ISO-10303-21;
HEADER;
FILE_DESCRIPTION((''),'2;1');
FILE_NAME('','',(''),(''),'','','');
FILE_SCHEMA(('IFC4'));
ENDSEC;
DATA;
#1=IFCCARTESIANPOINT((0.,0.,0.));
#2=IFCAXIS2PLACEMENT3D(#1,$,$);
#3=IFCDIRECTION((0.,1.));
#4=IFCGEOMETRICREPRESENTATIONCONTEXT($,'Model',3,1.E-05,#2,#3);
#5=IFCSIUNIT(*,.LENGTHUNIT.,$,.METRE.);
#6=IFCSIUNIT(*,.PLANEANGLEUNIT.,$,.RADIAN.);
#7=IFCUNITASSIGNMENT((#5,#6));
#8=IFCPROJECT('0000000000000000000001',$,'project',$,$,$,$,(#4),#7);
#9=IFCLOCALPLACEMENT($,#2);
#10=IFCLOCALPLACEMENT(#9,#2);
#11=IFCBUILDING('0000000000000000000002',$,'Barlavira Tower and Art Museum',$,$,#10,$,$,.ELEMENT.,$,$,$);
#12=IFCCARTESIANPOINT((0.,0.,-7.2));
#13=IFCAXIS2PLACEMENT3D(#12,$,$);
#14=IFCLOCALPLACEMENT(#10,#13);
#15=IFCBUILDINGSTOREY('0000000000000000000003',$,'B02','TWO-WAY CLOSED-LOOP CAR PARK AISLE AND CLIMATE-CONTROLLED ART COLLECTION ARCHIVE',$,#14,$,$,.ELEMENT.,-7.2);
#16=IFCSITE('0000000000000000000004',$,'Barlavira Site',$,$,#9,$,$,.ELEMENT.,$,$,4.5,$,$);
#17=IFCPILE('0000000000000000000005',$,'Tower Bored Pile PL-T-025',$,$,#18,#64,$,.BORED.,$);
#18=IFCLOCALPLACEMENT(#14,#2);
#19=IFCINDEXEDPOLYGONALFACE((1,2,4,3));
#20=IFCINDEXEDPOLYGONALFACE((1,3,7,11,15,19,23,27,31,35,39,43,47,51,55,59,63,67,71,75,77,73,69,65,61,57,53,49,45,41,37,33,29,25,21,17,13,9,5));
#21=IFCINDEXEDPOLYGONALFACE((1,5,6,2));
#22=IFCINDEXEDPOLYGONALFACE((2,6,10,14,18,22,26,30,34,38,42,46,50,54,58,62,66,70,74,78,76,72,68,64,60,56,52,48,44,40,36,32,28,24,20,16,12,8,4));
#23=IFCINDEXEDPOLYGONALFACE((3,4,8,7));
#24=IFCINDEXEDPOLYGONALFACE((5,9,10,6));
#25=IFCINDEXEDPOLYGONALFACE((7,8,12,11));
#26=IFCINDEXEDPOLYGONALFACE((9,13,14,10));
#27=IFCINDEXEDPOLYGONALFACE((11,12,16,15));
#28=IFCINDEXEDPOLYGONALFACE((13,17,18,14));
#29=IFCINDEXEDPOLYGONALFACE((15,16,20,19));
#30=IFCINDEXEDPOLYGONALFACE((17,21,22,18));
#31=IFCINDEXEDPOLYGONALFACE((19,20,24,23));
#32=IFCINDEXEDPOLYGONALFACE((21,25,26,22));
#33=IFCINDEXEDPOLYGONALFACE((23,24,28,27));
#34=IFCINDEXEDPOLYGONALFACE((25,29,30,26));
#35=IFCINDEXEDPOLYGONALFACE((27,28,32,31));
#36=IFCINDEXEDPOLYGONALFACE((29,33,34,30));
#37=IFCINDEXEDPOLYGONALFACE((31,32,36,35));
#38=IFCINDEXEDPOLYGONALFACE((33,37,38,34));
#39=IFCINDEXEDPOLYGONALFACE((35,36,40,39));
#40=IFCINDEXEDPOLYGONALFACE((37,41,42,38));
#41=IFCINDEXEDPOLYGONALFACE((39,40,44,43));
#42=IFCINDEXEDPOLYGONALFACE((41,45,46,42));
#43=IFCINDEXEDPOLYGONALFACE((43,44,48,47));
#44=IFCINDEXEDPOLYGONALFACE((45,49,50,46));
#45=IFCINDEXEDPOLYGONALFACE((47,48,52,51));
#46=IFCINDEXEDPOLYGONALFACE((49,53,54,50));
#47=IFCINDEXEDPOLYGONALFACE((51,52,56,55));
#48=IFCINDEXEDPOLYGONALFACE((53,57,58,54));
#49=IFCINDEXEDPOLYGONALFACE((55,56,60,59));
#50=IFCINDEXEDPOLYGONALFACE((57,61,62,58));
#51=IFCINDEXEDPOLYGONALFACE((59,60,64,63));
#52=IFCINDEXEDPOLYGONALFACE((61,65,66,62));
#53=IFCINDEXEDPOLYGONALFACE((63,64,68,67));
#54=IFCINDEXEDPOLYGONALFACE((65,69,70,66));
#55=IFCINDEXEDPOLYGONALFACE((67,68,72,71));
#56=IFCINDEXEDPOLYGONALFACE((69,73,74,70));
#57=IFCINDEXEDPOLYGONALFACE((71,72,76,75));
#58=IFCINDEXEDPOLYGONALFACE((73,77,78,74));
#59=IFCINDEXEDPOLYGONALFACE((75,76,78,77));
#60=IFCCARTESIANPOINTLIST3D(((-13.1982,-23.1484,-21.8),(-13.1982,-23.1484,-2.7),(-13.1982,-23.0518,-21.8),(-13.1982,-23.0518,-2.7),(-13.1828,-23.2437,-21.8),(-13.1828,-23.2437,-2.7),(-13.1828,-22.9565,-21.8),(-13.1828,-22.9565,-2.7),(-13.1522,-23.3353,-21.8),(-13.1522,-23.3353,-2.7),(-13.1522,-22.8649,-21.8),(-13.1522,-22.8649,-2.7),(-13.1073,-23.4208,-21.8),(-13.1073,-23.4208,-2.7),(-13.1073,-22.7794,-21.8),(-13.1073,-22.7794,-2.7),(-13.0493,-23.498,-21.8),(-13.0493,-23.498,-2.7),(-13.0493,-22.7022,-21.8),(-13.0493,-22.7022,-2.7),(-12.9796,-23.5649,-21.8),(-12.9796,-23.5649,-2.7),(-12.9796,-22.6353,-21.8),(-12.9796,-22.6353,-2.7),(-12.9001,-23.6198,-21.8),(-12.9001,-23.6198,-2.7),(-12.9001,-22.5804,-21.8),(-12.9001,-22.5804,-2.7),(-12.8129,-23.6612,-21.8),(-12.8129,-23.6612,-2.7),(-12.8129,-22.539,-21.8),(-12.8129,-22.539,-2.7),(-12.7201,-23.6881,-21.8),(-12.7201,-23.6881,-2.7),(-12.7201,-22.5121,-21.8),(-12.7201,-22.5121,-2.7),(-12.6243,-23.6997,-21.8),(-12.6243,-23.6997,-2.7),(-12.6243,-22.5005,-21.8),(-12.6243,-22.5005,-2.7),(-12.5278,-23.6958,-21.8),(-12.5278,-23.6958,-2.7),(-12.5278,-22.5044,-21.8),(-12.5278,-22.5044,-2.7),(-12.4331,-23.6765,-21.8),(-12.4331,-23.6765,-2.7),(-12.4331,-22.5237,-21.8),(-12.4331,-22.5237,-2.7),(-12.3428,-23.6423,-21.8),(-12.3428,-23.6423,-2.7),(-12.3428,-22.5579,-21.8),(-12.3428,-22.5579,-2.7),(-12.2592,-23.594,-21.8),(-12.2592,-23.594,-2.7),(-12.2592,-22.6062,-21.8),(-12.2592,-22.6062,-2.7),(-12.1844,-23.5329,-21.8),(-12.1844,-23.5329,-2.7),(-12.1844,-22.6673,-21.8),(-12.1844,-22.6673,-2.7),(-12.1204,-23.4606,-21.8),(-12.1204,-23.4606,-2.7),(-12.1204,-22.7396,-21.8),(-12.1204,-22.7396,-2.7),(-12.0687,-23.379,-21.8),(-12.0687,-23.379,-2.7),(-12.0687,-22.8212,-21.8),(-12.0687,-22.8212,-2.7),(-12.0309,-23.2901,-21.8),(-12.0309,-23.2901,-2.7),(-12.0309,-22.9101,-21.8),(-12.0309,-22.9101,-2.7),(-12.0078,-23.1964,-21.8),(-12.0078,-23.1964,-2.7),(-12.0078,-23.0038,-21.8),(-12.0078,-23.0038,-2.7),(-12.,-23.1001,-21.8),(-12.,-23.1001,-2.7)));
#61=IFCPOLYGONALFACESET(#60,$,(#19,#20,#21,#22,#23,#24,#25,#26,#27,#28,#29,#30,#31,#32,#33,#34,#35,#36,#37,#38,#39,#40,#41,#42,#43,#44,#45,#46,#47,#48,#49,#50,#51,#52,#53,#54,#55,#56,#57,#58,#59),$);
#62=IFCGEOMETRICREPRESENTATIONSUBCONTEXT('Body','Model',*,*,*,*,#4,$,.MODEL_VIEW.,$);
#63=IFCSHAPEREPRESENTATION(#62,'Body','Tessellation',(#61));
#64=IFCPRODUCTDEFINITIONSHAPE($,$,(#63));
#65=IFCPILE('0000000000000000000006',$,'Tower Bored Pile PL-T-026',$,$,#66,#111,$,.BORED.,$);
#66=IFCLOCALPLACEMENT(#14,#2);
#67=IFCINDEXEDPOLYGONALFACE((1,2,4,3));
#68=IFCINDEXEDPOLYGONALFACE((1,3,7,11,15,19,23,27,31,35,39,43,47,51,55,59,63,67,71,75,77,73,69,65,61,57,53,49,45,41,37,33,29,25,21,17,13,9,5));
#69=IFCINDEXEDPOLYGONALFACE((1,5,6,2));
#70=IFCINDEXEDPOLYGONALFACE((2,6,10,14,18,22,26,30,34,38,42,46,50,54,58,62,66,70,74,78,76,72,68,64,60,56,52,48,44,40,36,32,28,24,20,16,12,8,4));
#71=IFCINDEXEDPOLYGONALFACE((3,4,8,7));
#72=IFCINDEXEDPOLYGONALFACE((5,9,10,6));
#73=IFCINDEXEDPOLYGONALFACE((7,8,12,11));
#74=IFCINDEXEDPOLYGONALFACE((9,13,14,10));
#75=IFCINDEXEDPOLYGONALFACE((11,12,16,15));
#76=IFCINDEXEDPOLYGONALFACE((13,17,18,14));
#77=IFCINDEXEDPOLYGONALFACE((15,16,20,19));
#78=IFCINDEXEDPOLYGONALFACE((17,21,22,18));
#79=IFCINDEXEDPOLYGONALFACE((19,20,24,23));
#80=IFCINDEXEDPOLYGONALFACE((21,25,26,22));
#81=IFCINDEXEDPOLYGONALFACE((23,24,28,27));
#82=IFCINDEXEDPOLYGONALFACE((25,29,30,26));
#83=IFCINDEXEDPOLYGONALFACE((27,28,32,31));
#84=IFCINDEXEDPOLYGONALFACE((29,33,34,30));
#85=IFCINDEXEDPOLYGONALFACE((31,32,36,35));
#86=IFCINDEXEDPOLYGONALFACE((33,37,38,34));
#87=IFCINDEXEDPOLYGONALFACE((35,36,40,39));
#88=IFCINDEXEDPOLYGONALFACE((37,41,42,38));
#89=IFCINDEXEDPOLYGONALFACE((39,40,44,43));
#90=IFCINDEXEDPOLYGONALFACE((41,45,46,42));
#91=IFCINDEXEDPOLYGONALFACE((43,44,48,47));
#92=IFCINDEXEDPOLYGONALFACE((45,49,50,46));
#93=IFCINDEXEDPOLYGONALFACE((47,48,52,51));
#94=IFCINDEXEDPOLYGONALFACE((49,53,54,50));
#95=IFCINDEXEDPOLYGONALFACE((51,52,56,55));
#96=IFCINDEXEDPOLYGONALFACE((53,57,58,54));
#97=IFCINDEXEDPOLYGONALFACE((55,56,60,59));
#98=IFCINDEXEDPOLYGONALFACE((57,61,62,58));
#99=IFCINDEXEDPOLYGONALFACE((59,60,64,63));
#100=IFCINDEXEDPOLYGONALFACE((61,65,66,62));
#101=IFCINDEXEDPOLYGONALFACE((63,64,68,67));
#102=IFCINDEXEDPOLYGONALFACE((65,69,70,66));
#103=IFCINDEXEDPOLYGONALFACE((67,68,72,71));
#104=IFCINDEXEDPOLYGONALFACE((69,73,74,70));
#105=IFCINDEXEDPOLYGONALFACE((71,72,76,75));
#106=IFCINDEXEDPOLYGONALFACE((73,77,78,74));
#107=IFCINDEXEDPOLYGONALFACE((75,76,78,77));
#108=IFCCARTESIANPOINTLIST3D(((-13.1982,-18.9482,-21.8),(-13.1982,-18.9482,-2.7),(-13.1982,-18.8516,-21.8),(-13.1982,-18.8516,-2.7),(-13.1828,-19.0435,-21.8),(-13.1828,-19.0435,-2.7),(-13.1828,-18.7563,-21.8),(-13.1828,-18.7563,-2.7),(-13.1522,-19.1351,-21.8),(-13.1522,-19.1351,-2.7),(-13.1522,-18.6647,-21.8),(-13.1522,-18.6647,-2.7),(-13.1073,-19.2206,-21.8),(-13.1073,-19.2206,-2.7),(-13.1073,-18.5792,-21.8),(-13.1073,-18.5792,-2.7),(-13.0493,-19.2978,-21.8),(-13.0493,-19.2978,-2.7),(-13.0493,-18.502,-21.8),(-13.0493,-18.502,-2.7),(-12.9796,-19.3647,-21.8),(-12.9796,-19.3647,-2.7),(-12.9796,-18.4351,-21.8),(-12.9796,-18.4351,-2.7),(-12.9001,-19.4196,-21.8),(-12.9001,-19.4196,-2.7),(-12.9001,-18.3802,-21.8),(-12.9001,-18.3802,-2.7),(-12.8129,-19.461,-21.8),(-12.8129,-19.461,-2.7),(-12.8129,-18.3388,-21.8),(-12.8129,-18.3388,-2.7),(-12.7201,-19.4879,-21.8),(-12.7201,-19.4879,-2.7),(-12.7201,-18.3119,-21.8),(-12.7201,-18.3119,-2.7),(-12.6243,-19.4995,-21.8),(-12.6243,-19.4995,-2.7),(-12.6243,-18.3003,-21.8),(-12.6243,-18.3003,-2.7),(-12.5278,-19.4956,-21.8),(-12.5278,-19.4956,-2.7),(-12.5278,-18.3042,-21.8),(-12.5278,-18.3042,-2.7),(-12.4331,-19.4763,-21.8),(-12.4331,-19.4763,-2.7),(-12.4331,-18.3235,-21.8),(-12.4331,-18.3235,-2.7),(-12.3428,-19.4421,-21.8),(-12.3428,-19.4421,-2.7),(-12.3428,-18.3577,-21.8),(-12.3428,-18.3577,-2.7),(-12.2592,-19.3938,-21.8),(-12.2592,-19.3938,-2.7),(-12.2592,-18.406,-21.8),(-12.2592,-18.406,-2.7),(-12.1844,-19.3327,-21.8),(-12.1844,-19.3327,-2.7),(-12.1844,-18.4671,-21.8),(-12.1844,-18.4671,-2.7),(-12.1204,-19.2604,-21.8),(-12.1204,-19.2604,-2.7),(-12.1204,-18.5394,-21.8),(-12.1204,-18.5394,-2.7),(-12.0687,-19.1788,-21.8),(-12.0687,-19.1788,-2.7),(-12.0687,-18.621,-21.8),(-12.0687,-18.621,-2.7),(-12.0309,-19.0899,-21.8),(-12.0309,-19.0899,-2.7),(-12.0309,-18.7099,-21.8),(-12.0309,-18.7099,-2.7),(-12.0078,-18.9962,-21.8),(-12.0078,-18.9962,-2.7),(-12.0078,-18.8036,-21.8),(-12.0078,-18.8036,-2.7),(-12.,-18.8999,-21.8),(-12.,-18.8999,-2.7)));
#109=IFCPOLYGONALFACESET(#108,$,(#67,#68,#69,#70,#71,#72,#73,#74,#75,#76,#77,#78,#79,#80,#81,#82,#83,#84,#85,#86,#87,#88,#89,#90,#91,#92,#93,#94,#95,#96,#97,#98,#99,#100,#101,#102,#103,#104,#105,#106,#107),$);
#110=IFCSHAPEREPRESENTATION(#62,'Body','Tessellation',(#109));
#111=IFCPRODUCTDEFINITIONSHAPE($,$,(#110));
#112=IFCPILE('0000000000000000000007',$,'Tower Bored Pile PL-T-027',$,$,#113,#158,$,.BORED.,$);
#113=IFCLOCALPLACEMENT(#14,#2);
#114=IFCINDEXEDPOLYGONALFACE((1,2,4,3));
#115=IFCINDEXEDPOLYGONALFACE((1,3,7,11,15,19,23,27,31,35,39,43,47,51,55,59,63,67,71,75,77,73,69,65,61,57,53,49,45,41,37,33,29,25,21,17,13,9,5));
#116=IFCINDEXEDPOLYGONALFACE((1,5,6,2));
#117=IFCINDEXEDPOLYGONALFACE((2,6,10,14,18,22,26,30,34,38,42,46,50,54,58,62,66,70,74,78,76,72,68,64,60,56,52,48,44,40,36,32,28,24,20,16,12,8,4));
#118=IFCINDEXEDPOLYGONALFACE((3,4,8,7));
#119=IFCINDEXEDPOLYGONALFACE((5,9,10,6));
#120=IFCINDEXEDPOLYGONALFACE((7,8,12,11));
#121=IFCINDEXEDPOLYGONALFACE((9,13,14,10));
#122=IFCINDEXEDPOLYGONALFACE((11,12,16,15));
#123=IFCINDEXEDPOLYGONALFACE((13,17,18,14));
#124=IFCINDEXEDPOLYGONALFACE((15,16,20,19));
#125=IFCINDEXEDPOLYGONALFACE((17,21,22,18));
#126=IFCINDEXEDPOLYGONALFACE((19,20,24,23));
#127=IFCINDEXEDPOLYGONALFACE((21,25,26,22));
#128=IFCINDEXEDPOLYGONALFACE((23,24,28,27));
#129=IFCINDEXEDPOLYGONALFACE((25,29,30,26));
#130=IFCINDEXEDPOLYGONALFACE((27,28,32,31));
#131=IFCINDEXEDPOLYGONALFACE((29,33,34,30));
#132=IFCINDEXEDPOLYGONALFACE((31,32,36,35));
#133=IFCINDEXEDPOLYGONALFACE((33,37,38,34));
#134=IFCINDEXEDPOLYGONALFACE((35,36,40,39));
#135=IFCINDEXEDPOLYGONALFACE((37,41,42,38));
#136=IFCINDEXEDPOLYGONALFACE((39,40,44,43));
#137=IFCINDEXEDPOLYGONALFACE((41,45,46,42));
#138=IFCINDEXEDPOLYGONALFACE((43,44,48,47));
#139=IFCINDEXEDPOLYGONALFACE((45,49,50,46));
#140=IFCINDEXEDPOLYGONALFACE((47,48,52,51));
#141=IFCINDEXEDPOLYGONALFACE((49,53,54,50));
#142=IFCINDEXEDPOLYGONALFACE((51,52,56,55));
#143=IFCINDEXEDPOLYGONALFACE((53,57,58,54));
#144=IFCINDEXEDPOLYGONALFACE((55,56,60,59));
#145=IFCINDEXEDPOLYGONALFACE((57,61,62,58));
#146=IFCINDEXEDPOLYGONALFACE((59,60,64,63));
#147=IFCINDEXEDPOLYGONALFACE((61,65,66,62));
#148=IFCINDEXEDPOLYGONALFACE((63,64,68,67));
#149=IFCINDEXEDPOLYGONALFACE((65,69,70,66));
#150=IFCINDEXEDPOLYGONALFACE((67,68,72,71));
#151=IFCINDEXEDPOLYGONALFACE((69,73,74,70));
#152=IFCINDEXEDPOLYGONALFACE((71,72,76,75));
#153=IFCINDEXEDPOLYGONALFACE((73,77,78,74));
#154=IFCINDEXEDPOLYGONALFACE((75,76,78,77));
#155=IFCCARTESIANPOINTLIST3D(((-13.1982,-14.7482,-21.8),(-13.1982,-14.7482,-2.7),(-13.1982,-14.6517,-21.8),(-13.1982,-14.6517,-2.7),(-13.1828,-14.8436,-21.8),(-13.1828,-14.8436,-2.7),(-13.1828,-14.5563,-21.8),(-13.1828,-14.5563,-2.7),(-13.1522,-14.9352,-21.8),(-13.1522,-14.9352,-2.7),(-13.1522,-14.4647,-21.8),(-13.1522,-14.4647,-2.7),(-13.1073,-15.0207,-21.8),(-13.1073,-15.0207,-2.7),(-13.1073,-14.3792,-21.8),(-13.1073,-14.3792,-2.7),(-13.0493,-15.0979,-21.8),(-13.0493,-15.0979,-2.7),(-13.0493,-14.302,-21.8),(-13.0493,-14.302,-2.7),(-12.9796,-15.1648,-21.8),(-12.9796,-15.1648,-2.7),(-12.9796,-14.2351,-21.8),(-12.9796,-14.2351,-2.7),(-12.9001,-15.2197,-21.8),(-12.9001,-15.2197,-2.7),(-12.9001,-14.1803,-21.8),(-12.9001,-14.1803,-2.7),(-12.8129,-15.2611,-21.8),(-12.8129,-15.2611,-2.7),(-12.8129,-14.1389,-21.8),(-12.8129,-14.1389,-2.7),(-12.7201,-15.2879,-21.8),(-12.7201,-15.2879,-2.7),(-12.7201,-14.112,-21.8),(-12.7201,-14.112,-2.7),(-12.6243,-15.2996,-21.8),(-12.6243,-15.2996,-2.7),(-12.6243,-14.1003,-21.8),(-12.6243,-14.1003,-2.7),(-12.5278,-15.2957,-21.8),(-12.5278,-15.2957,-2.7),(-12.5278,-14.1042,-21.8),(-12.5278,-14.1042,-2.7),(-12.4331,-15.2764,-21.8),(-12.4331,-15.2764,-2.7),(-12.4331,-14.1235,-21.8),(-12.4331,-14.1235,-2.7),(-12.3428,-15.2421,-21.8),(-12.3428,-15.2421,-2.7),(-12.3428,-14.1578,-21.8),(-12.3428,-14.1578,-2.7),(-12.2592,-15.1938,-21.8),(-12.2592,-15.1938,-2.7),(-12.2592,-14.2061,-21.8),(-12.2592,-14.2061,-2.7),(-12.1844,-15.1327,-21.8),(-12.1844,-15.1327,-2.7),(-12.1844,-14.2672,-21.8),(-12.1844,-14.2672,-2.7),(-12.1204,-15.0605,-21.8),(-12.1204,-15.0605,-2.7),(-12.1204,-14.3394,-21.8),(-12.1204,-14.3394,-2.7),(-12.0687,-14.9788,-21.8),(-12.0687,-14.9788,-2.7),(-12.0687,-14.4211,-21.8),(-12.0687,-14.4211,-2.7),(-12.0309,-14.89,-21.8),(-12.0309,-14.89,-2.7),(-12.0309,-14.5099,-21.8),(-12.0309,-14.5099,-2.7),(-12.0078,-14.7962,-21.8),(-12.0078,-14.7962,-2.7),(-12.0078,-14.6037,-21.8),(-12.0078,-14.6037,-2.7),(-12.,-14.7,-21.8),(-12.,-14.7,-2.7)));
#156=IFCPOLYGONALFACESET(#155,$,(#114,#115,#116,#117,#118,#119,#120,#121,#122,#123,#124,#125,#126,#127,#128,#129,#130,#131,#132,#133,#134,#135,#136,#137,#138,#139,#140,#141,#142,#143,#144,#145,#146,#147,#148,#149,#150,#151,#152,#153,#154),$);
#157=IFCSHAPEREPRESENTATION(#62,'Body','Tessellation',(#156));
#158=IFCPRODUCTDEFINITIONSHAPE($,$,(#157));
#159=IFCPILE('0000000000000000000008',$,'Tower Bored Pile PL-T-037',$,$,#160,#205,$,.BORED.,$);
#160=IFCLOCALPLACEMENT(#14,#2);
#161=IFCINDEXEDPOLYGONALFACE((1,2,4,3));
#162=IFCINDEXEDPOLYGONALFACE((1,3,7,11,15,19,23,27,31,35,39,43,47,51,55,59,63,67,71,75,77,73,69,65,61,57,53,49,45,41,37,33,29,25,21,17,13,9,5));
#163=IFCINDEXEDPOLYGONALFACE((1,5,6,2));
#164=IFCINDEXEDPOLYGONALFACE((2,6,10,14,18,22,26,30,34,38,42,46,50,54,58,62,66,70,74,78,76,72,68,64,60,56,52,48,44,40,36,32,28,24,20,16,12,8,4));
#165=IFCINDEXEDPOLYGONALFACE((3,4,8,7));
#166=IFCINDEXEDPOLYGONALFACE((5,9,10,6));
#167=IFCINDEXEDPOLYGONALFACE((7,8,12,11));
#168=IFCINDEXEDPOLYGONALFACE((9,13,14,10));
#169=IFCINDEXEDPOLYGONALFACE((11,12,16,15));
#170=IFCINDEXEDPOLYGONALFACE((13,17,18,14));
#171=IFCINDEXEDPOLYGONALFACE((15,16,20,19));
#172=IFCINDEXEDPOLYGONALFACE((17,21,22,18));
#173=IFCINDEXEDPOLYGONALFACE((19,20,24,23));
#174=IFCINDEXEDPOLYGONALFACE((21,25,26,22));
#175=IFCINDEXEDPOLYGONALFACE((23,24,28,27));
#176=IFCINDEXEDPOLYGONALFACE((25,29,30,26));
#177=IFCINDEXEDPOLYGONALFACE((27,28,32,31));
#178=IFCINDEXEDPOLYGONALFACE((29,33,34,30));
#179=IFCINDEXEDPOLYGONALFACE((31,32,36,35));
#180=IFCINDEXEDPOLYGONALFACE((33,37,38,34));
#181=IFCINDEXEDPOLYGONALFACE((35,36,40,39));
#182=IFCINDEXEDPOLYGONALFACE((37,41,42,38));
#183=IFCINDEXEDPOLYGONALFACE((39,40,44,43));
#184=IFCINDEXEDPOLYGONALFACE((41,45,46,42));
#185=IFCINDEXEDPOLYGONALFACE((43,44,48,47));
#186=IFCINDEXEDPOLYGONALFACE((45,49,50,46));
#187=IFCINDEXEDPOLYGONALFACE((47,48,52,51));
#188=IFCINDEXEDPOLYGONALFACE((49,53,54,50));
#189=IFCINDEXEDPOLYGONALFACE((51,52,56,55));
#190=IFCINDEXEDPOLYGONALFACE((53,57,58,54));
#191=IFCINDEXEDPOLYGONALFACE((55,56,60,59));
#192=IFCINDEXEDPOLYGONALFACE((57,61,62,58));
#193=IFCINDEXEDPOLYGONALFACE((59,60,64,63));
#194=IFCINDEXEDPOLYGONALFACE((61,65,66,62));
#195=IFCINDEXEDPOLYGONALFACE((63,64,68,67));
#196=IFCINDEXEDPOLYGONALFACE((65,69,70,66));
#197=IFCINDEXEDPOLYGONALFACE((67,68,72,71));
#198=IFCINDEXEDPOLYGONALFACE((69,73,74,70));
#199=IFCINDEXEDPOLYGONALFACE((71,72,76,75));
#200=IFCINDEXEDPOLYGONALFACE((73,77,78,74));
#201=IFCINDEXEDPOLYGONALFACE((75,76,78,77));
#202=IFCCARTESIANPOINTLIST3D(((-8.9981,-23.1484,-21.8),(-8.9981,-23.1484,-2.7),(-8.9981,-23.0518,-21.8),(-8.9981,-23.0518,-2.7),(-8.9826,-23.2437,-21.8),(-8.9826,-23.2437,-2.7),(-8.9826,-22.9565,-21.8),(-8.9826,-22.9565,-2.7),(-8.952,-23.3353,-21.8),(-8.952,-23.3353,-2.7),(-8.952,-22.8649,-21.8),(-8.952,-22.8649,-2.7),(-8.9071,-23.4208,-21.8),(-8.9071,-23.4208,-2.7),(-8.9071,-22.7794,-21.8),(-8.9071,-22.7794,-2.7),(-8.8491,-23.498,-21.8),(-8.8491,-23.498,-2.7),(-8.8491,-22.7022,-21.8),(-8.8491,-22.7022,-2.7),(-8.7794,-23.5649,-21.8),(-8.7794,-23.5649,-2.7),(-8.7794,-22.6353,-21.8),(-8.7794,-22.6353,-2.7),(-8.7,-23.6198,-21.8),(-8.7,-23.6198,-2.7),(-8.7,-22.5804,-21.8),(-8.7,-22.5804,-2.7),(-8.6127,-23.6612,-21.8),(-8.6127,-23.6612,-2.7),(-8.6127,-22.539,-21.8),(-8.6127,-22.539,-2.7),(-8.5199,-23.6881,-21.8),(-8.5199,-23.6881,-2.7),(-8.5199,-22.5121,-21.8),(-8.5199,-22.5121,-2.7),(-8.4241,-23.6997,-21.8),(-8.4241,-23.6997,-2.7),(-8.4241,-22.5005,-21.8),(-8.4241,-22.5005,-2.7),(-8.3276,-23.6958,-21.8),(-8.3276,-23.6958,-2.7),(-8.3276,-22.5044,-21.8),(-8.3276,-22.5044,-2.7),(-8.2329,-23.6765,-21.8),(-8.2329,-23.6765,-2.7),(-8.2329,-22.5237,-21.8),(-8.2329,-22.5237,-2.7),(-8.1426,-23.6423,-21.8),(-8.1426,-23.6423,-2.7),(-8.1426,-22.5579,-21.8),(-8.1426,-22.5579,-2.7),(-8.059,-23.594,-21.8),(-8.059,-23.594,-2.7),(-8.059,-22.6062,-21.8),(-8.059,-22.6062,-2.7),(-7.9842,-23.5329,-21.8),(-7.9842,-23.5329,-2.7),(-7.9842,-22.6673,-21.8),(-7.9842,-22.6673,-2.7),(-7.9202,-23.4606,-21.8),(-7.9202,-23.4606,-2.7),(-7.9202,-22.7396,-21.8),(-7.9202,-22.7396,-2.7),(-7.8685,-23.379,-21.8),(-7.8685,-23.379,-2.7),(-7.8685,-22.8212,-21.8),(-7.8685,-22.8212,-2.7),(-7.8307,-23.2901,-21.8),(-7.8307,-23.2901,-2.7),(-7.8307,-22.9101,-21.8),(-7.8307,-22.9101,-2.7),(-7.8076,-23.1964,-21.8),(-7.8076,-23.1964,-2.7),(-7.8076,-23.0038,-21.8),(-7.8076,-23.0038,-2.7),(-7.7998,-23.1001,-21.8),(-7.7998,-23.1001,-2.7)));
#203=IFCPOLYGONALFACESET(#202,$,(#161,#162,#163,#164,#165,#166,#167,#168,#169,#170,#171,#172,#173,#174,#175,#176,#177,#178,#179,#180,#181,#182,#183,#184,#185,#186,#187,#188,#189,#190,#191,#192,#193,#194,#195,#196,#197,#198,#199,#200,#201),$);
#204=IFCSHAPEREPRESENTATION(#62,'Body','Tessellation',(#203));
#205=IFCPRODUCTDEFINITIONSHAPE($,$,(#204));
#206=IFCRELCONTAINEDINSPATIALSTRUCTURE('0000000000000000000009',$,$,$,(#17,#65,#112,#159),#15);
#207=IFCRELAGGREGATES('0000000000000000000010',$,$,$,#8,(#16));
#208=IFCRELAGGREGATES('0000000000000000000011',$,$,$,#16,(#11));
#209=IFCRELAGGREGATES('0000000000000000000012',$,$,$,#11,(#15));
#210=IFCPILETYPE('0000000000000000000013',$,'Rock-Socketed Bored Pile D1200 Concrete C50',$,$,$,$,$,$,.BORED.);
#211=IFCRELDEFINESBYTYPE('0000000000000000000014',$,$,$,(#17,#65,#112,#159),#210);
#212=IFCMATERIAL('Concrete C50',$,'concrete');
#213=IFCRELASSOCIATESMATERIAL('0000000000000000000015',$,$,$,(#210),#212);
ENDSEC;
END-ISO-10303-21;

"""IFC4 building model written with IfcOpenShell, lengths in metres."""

from ifc_helpers import new_model, si_unit, direction, frame, origin, origin_2d, place, context, subcontext, project, spatial, circle, extrude, material, material_profile, profile_set, type_object, element, save


model = new_model("IFC4")

# Units and contexts
model_context = context("Model", 3, precision=1e-05, world=origin(), true_north=direction((0.0, 1.0)))
body_context = subcontext(model_context, "Body", "Model", "MODEL_VIEW")
ifc_project = project(units=[si_unit("LENGTHUNIT", "METRE"), si_unit("PLANEANGLEUNIT", "RADIAN")], contexts=[model_context])

# Site, building, storey
site_placement = place(None, origin())
site = spatial("IfcSite", under=ifc_project, at=site_placement, Name="Barlavira Site", CompositionType="ELEMENT", RefElevation=4.5)
building_placement = place(site_placement, origin())
building = spatial("IfcBuilding", under=site, at=building_placement, Name="Barlavira Tower and Art Museum", CompositionType="ELEMENT")
storey_placement = place(building_placement, frame((0.0, 0.0, -7.2)))
storey = spatial("IfcBuildingStorey", under=building, at=storey_placement, Name="B02", Description="TWO-WAY CLOSED-LOOP CAR PARK AISLE AND CLIMATE-CONTROLLED ART COLLECTION ARCHIVE", CompositionType="ELEMENT", Elevation=-7.2)

# Piles
ifc_material_1 = material(Name="Concrete C50", Category="concrete")
ifc_material_profile_1 = material_profile(ifc_material_1, circle(Radius=0.6001, at=origin_2d()), Name="BORED PILE D1200")
ifc_profile_set_1 = profile_set([ifc_material_profile_1], Name="Concrete C50")
pile_type = type_object("IfcPileType", Name="Rock-Socketed Bored Pile D1200 Concrete C50", PredefinedType="BORED", material=ifc_profile_set_1)
for number, where, z_axis, x_axis, name in (
    (1, (-12.6001, -23.1001, -2.7), (0.0, 0.0, -1.0), (1.0, 0.0, 0.0), "Tower Bored Pile PL-T-025"),
    (2, (-12.6001, -18.8999, -2.7), (0.0, 0.0, -1.0), (1.0, 0.0, 0.0), "Tower Bored Pile PL-T-026"),
    (3, (-12.6001, -14.7, -2.7), (0.0, 0.0, -1.0), (1.0, 0.0, 0.0), "Tower Bored Pile PL-T-027"),
    (4, (-8.3999, -23.1001, -2.7), (0.0, 0.0, -1.0), (1.0, 0.0, 0.0), "Tower Bored Pile PL-T-037"),
):
    element("IfcPile", number, at=place(storey_placement, frame(where, z_axis=z_axis, x_axis=x_axis)), inside=storey, type_object=pile_type, Name=name, PredefinedType="BORED", context=body_context, shape_type="SweptSolid", body=[
        extrude(circle(Radius=0.6001, at=origin_2d()), origin(), (0.0, 0.0, 1.0), 19.1001),
    ])

save(model, "model.ifc")
